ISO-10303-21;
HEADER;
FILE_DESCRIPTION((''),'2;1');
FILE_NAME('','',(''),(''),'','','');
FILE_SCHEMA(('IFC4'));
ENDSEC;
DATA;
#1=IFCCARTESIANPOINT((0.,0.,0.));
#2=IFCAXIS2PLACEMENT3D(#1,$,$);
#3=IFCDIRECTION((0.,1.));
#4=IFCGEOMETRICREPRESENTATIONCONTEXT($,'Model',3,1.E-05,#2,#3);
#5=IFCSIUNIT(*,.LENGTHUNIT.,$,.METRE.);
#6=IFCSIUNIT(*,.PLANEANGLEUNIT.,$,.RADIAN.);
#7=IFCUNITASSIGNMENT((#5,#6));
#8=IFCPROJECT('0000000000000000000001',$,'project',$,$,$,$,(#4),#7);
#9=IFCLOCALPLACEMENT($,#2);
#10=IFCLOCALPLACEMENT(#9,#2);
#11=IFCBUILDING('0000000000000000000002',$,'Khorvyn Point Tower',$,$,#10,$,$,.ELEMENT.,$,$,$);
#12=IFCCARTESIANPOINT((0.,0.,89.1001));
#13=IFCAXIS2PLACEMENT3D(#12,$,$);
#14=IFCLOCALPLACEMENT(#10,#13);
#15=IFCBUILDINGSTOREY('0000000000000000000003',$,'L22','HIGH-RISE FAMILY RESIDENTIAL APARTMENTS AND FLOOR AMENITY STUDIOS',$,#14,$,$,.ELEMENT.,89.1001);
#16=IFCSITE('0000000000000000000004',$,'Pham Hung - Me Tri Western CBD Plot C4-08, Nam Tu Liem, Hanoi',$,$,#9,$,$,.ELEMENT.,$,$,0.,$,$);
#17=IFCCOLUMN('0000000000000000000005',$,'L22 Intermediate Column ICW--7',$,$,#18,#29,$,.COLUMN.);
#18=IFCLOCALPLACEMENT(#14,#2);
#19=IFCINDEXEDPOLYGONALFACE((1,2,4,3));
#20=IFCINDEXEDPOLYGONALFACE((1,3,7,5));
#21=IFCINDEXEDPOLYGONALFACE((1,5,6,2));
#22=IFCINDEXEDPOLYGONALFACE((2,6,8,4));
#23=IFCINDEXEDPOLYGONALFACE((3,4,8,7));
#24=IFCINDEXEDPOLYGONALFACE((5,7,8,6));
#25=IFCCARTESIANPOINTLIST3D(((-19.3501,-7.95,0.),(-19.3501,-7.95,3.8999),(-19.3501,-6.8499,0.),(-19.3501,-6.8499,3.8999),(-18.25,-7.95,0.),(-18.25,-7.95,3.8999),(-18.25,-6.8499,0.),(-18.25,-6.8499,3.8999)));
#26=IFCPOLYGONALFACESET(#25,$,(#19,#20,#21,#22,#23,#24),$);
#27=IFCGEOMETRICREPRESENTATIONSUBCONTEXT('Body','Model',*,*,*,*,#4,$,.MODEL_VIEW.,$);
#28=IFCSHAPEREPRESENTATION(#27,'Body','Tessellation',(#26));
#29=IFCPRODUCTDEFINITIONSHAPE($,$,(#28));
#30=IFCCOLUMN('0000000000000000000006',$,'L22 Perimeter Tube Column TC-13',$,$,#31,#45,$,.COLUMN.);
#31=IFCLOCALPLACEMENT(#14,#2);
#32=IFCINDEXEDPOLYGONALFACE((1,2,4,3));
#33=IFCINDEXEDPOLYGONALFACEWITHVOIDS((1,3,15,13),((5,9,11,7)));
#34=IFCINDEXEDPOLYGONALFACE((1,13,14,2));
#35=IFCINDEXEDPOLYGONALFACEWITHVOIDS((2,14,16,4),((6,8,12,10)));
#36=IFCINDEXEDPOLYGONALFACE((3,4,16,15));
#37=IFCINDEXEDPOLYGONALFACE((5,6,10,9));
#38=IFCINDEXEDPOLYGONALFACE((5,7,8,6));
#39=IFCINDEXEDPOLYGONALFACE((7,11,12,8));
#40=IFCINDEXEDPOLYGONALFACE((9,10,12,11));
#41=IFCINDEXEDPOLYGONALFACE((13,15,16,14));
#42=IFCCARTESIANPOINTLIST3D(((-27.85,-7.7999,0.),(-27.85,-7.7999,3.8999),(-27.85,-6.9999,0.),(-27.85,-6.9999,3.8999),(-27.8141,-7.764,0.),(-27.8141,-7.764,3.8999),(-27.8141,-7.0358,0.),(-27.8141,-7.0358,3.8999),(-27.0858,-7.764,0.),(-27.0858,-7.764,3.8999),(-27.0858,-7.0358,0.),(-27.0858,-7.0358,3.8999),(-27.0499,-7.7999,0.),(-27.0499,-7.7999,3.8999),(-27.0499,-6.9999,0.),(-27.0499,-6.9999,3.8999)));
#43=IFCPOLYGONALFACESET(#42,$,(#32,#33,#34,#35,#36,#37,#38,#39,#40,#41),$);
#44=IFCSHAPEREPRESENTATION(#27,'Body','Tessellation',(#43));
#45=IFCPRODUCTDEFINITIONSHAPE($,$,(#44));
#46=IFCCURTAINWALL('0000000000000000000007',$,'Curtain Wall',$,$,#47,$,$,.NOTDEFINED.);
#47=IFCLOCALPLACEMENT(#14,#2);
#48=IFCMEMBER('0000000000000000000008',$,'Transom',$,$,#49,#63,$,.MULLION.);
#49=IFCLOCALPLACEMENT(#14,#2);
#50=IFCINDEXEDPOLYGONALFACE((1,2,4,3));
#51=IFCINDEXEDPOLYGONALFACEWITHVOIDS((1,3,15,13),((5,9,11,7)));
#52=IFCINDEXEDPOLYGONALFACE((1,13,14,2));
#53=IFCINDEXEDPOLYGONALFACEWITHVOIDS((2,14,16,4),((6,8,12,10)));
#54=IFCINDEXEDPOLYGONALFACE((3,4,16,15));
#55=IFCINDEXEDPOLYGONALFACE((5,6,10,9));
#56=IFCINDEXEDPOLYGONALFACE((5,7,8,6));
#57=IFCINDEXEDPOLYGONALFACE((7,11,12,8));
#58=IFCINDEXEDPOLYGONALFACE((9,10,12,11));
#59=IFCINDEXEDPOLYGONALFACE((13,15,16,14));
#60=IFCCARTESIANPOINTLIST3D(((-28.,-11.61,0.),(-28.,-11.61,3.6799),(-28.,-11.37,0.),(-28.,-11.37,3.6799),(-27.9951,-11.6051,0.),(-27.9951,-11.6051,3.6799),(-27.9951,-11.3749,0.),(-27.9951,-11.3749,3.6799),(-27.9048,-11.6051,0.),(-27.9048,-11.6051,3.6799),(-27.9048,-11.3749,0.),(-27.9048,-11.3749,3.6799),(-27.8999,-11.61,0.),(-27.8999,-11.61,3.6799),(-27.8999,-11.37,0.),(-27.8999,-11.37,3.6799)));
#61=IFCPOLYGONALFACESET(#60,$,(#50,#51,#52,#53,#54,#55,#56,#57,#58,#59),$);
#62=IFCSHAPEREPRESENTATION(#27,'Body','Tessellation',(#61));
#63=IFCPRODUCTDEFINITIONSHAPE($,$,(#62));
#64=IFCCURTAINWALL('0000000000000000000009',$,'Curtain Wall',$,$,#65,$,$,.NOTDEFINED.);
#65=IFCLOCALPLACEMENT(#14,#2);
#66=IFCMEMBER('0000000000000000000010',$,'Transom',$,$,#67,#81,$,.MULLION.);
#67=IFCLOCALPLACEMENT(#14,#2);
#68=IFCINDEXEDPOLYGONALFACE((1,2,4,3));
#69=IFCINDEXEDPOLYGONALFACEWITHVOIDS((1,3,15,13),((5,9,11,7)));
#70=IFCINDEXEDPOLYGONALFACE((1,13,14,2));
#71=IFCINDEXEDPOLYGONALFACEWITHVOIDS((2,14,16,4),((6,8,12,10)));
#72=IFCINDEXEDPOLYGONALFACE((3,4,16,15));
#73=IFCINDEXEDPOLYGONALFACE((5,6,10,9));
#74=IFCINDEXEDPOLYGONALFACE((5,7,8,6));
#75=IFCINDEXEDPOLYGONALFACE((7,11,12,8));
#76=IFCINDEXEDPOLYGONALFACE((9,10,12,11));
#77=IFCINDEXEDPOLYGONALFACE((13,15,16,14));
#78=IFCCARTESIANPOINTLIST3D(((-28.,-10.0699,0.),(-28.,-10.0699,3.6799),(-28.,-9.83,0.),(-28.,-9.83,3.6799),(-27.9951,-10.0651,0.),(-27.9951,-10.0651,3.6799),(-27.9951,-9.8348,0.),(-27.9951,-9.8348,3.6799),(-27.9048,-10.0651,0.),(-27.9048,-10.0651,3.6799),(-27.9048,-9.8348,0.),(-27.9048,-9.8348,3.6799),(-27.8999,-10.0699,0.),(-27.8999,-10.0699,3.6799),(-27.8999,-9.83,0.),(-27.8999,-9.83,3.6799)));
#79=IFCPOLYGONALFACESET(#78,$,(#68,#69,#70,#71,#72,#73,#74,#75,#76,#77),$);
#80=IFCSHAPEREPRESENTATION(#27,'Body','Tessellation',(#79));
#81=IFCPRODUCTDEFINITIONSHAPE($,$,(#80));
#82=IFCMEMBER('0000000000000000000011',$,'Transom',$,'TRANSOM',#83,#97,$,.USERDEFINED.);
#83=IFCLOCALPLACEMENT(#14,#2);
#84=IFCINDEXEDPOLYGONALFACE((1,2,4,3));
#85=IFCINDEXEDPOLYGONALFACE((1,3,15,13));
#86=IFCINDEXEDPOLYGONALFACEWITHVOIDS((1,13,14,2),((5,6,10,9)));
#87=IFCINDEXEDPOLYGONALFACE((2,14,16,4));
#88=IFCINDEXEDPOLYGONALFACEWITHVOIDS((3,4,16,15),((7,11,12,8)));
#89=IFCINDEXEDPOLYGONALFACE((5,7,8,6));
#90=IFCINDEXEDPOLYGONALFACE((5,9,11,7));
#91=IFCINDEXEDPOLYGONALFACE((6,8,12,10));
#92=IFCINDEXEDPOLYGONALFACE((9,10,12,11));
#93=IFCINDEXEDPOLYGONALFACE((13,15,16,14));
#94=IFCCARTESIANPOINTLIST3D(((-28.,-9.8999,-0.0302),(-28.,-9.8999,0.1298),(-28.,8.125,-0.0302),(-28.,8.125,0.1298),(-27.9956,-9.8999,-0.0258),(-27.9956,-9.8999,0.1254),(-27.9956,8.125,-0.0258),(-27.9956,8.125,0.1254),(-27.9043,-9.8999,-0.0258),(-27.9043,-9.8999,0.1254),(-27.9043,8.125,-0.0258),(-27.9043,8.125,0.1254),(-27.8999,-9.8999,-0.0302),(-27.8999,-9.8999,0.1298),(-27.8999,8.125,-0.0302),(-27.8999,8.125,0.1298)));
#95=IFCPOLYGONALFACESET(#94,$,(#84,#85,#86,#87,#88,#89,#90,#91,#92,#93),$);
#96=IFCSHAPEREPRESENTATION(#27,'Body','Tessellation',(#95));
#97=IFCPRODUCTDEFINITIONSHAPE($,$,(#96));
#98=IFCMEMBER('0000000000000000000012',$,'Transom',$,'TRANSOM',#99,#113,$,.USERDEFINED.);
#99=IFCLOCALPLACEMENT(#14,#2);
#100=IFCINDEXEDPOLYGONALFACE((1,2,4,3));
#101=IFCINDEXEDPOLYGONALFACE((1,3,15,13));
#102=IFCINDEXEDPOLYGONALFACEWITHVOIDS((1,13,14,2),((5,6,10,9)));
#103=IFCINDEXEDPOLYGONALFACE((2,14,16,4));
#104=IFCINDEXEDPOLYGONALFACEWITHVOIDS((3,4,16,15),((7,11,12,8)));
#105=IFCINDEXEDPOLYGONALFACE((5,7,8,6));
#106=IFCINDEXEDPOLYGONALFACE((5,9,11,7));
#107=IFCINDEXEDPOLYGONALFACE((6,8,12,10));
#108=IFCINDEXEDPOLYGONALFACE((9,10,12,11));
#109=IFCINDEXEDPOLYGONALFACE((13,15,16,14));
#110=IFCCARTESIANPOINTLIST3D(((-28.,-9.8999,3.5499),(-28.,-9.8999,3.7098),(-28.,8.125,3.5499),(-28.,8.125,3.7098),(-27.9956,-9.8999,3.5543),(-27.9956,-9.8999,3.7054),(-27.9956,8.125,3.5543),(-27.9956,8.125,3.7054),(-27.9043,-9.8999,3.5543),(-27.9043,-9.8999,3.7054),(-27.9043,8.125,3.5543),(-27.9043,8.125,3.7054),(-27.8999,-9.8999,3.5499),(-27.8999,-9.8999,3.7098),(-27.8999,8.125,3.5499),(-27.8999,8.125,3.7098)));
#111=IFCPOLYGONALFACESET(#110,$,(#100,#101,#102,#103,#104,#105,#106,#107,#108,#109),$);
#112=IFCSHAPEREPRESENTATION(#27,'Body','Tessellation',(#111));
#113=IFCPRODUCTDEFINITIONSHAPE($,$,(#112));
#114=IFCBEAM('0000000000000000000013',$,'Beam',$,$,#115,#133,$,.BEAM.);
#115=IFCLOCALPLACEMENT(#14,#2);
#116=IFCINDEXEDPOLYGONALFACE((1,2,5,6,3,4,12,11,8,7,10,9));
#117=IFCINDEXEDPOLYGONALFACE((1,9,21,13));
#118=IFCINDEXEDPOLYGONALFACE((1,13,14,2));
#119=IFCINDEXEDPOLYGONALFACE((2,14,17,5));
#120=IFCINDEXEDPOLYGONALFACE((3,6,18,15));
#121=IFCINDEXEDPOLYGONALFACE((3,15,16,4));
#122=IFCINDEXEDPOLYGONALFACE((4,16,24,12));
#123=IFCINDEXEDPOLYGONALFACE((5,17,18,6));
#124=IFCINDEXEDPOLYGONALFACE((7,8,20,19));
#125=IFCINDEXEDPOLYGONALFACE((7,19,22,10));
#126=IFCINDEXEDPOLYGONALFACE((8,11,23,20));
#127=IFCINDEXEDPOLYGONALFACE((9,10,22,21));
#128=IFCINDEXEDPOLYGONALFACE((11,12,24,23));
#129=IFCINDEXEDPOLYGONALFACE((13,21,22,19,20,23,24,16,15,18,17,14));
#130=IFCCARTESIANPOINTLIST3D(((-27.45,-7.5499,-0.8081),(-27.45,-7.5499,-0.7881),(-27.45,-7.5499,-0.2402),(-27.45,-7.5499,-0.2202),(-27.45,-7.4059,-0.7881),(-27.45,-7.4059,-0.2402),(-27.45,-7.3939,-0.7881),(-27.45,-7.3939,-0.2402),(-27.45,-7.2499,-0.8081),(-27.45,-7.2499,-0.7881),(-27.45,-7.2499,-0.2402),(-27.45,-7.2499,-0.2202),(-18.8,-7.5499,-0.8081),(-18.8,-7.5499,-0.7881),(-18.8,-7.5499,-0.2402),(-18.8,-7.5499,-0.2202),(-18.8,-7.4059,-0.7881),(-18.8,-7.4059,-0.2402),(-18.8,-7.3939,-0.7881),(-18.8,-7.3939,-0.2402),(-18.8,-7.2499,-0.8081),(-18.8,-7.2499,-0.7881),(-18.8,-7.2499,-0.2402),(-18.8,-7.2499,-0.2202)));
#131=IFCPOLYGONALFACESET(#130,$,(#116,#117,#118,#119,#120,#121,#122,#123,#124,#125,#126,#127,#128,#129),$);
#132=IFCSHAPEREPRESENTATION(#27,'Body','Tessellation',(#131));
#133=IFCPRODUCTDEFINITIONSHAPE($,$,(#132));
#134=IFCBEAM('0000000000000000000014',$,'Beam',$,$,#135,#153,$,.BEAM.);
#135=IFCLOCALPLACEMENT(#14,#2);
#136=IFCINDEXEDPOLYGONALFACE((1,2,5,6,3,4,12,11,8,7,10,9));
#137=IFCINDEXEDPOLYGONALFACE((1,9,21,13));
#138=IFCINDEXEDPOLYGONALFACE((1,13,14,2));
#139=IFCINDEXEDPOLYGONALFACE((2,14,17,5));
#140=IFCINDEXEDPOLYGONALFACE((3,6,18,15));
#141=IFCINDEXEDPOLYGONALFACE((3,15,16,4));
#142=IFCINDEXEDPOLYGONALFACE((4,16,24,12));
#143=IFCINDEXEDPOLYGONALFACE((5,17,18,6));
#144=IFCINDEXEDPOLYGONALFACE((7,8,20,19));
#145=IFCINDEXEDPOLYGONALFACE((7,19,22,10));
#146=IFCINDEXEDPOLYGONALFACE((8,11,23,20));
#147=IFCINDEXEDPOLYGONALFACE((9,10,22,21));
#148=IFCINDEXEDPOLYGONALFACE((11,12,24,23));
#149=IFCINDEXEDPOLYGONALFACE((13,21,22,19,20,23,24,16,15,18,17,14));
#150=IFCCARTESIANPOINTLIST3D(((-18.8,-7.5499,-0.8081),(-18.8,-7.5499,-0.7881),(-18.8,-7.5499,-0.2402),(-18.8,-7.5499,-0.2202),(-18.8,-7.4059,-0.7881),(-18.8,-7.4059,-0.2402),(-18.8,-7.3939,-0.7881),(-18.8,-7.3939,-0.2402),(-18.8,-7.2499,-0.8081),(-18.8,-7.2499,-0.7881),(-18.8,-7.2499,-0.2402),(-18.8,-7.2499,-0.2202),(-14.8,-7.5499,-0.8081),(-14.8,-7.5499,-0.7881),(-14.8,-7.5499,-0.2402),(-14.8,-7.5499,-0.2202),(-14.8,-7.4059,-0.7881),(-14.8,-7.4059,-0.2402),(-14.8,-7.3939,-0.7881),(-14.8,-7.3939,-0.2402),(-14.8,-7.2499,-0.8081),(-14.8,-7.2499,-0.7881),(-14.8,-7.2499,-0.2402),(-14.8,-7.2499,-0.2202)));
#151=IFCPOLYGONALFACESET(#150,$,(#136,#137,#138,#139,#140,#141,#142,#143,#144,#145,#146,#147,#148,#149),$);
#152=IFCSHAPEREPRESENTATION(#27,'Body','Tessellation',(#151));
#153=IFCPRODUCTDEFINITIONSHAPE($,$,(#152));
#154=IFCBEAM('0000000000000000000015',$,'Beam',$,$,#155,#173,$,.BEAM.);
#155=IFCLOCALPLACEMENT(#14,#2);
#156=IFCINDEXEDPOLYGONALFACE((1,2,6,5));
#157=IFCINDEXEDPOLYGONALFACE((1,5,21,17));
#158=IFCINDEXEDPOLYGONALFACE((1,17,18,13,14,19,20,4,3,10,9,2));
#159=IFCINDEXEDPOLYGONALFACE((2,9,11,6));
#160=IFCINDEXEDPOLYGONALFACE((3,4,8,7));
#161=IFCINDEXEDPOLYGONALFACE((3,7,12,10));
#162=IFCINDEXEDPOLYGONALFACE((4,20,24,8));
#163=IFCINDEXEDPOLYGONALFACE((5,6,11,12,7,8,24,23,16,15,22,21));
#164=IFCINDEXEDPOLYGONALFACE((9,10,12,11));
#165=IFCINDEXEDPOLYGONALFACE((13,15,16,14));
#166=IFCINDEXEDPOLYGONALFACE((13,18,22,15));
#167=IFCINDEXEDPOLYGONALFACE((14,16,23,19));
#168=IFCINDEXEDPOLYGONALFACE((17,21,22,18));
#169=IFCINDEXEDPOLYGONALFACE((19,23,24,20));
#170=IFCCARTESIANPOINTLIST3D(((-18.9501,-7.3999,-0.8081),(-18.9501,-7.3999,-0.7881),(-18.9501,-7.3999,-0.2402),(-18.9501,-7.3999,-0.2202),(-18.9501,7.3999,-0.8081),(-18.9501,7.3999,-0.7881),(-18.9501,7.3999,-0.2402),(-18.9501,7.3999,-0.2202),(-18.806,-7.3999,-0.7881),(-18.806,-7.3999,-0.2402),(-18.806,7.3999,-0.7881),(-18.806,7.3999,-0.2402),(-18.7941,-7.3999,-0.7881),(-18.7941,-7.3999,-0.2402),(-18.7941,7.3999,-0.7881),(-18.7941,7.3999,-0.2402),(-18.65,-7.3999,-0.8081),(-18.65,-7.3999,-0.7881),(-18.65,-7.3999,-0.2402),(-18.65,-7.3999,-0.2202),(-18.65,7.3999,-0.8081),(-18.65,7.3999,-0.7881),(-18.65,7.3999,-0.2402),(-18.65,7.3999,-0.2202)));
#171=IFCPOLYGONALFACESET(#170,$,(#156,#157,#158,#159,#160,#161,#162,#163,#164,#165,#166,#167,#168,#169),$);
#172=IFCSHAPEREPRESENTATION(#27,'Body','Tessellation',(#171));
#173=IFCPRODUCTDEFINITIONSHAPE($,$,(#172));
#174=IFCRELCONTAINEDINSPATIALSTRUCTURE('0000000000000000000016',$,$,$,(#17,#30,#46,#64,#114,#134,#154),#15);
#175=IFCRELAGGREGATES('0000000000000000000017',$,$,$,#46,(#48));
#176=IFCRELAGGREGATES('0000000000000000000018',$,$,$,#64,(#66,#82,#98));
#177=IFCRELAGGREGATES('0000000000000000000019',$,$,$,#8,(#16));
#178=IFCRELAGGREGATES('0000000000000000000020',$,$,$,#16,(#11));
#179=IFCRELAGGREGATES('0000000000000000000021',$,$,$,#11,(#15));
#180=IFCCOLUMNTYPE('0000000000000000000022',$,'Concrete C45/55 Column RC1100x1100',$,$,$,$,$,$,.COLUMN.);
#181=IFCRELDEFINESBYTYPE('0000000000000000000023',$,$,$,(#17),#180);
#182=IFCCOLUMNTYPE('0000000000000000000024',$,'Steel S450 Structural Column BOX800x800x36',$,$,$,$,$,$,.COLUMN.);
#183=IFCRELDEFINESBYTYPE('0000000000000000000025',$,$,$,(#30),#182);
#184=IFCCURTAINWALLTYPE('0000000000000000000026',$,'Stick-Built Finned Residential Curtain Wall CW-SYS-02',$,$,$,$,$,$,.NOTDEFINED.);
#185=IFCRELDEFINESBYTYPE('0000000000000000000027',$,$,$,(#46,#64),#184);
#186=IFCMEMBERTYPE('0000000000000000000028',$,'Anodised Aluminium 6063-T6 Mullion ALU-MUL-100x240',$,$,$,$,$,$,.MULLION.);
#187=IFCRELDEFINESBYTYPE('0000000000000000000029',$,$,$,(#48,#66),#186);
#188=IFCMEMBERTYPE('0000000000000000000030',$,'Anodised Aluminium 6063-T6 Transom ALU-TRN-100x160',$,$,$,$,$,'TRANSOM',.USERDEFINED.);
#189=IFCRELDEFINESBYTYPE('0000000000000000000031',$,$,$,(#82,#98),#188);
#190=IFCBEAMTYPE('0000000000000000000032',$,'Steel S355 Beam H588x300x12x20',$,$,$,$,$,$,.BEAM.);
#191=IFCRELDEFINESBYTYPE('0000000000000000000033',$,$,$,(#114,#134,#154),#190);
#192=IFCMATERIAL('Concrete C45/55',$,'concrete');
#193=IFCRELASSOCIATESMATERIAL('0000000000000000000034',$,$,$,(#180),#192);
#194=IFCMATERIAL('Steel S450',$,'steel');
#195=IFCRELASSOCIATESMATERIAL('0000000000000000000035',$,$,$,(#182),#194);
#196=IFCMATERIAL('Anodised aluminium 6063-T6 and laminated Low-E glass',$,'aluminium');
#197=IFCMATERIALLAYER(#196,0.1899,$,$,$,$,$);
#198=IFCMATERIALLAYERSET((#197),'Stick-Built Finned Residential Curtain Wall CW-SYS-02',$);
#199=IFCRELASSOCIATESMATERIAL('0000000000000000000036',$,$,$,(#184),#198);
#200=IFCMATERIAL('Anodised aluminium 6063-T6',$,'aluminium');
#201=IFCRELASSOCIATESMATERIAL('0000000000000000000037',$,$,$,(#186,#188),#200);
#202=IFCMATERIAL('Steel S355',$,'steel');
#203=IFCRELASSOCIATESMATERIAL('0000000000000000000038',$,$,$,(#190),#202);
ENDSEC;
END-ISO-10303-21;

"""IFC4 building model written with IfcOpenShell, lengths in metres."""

from ifc_helpers import new_model, si_unit, direction, frame, origin, origin_2d, place, context, subcontext, project, spatial, rectangle, hollow_rectangle, i_section, extrude, material, layer, layer_set, material_profile, profile_set, type_object, element, aggregate, save


model = new_model("IFC4")

# Units and contexts
model_context = context("Model", 3, precision=1e-05, world=origin(), true_north=direction((0.0, 1.0)))
body_context = subcontext(model_context, "Body", "Model", "MODEL_VIEW")
ifc_project = project(units=[si_unit("LENGTHUNIT", "METRE"), si_unit("PLANEANGLEUNIT", "RADIAN")], contexts=[model_context])

# Site, building, storey
site_placement = place(None, origin())
site = spatial("IfcSite", under=ifc_project, at=site_placement, Name="Pham Hung - Me Tri Western CBD Plot C4-08, Nam Tu Liem, Hanoi", CompositionType="ELEMENT", RefElevation=0.0)
building_placement = place(site_placement, origin())
building = spatial("IfcBuilding", under=site, at=building_placement, Name="Khorvyn Point Tower", CompositionType="ELEMENT")
storey_placement = place(building_placement, frame((0.0, 0.0, 89.1001)))
storey = spatial("IfcBuildingStorey", under=building, at=storey_placement, Name="L22", Description="HIGH-RISE FAMILY RESIDENTIAL APARTMENTS AND FLOOR AMENITY STUDIOS", CompositionType="ELEMENT", Elevation=89.1001)

# Columns
ifc_material_1 = material(Name="Concrete C45/55", Category="concrete")
ifc_material_profile_1 = material_profile(ifc_material_1, rectangle(XDim=1.1001, YDim=1.1001, at=origin_2d()))
ifc_profile_set_1 = profile_set([ifc_material_profile_1], Name="Concrete C45/55 RC1100x1100")
column_type_1 = type_object("IfcColumnType", Name="Concrete C45/55 Column RC1100x1100", PredefinedType="COLUMN", material=ifc_profile_set_1)
column_1_placement = place(storey_placement, frame((-18.8, -7.3999, 0.0), z_axis=(0.0, 0.0, 1.0), x_axis=(1.0, 0.0, 0.0)))
element("IfcColumn", 1, at=column_1_placement, inside=storey, type_object=column_type_1, Name="L22 Intermediate Column ICW--7", PredefinedType="COLUMN", context=body_context, shape_type="SweptSolid", body=[
    extrude(rectangle(XDim=1.1001, YDim=1.1001, at=origin_2d()), origin(), (0.0, 0.0, 1.0), 3.8999),
])
ifc_material_2 = material(Name="Steel S450", Category="steel")
ifc_material_profile_2 = material_profile(ifc_material_2, hollow_rectangle(XDim=0.8, YDim=0.8, WallThickness=0.0359, at=origin_2d()))
ifc_profile_set_2 = profile_set([ifc_material_profile_2], Name="Steel S450 BOX800x800x36")
column_type_2 = type_object("IfcColumnType", Name="Steel S450 Structural Column BOX800x800x36", PredefinedType="COLUMN", material=ifc_profile_set_2)
column_2_placement = place(storey_placement, frame((-27.45, -7.3999, 0.0), z_axis=(0.0, 0.0, 1.0), x_axis=(1.0, 0.0, 0.0)))
element("IfcColumn", 2, at=column_2_placement, inside=storey, type_object=column_type_2, Name="L22 Perimeter Tube Column TC-13", PredefinedType="COLUMN", context=body_context, shape_type="SweptSolid", body=[
    extrude(hollow_rectangle(XDim=0.8, YDim=0.8, WallThickness=0.0359, at=origin_2d()), origin(), (0.0, 0.0, 1.0), 3.8999),
])

# Curtain wall, member
ifc_material_3 = material(Name="Anodised aluminium 6063-T6 and laminated Low-E glass", Category="aluminium")
ifc_layer_1 = layer(ifc_material_3, 0.1899)
ifc_layer_set_1 = layer_set([ifc_layer_1], Name="Stick-Built Finned Residential Curtain Wall CW-SYS-02")
curtain_wall_type = type_object("IfcCurtainWallType", Name="Stick-Built Finned Residential Curtain Wall CW-SYS-02", PredefinedType="NOTDEFINED", material=ifc_layer_set_1)
curtain_wall_1_placement = place(storey_placement, origin())
curtain_wall_1 = element("IfcCurtainWall", 3, at=curtain_wall_1_placement, inside=storey, type_object=curtain_wall_type, Name="Curtain Wall", PredefinedType="NOTDEFINED")
ifc_material_4 = material(Name="Anodised aluminium 6063-T6", Category="aluminium")
ifc_material_profile_3 = material_profile(ifc_material_4, hollow_rectangle(XDim=0.1001, YDim=0.24, WallThickness=0.0049, at=origin_2d()))
ifc_profile_set_3 = profile_set([ifc_material_profile_3], Name="Anodised aluminium 6063-T6 ALU-MUL-100x240")
member_type_1 = type_object("IfcMemberType", Name="Anodised Aluminium 6063-T6 Mullion ALU-MUL-100x240", PredefinedType="MULLION", material=ifc_profile_set_3)
member_1_placement = place(storey_placement, frame((-27.95, -11.49, 0.0), z_axis=(0.0, 0.0, 1.0), x_axis=(-1.0, 0.0, 0.0)))
member_1 = element("IfcMember", 4, at=member_1_placement, type_object=member_type_1, Name="Transom", PredefinedType="MULLION", context=body_context, shape_type="SweptSolid", body=[
    extrude(hollow_rectangle(XDim=0.1001, YDim=0.24, WallThickness=0.0049, at=origin_2d()), origin(), (0.0, 0.0, 1.0), 3.6799),
])
aggregate(curtain_wall_1, [member_1])

# Curtain wall, members
curtain_wall_2_placement = place(storey_placement, origin())
curtain_wall_2 = element("IfcCurtainWall", 5, at=curtain_wall_2_placement, inside=storey, type_object=curtain_wall_type, Name="Curtain Wall", PredefinedType="NOTDEFINED")
member_2_placement = place(storey_placement, frame((-27.95, -9.95, 0.0), z_axis=(0.0, 0.0, 1.0), x_axis=(-1.0, 0.0, 0.0)))
member_2 = element("IfcMember", 6, at=member_2_placement, type_object=member_type_1, Name="Transom", PredefinedType="MULLION", context=body_context, shape_type="SweptSolid", body=[
    extrude(hollow_rectangle(XDim=0.1001, YDim=0.24, WallThickness=0.0049, at=origin_2d()), origin(), (0.0, 0.0, 1.0), 3.6799),
])
ifc_material_profile_4 = material_profile(ifc_material_4, hollow_rectangle(XDim=0.1001, YDim=0.1599, WallThickness=0.0044, at=origin_2d()))
ifc_profile_set_4 = profile_set([ifc_material_profile_4], Name="Anodised aluminium 6063-T6 ALU-TRN-100x160")
member_type_2 = type_object("IfcMemberType", Name="Anodised Aluminium 6063-T6 Transom ALU-TRN-100x160", ElementType="TRANSOM", PredefinedType="USERDEFINED", material=ifc_profile_set_4)
member_3_placement = place(storey_placement, frame((-27.95, -9.8999, 0.0498), z_axis=(0.0, 1.0, 0.0), x_axis=(-1.0, 0.0, 0.0)))
member_3 = element("IfcMember", 7, at=member_3_placement, type_object=member_type_2, Name="Transom", ObjectType="TRANSOM", PredefinedType="USERDEFINED", context=body_context, shape_type="SweptSolid", body=[
    extrude(hollow_rectangle(XDim=0.1001, YDim=0.1599, WallThickness=0.0044, at=origin_2d()), origin(), (0.0, 0.0, 1.0), 18.0249),
])
member_4_placement = place(storey_placement, frame((-27.95, -9.8999, 3.6299), z_axis=(0.0, 1.0, 0.0), x_axis=(-1.0, 0.0, 0.0)))
member_4 = element("IfcMember", 8, at=member_4_placement, type_object=member_type_2, Name="Transom", ObjectType="TRANSOM", PredefinedType="USERDEFINED", context=body_context, shape_type="SweptSolid", body=[
    extrude(hollow_rectangle(XDim=0.1001, YDim=0.1599, WallThickness=0.0044, at=origin_2d()), origin(), (0.0, 0.0, 1.0), 18.0249),
])

# Beams
ifc_material_5 = material(Name="Steel S355", Category="steel")
ifc_material_profile_5 = material_profile(ifc_material_5, i_section(OverallWidth=0.3, OverallDepth=0.5879, WebThickness=0.012, FlangeThickness=0.02, at=origin_2d()))
ifc_profile_set_5 = profile_set([ifc_material_profile_5], Name="Steel S355 H588x300x12x20")
beam_type_1 = type_object("IfcBeamType", Name="Steel S355 Beam H588x300x12x20", PredefinedType="BEAM", material=ifc_profile_set_5)
beam_1_placement = place(storey_placement, frame((-27.45, -7.3999, -0.5142), z_axis=(1.0, 0.0, 0.0), x_axis=(0.0, 1.0, 0.0)))
element("IfcBeam", 9, at=beam_1_placement, inside=storey, type_object=beam_type_1, Name="Beam", PredefinedType="BEAM", context=body_context, shape_type="SweptSolid", body=[
    extrude(i_section(OverallWidth=0.3, OverallDepth=0.5879, WebThickness=0.012, FlangeThickness=0.02, at=origin_2d()), origin(), (0.0, 0.0, 1.0), 8.6499),
])
beam_2_placement = place(storey_placement, frame((-18.8, -7.3999, -0.5142), z_axis=(1.0, 0.0, 0.0), x_axis=(0.0, 1.0, 0.0)))
element("IfcBeam", 10, at=beam_2_placement, inside=storey, type_object=beam_type_1, Name="Beam", PredefinedType="BEAM", context=body_context, shape_type="SweptSolid", body=[
    extrude(i_section(OverallWidth=0.3, OverallDepth=0.5879, WebThickness=0.012, FlangeThickness=0.02, at=origin_2d()), origin(), (0.0, 0.0, 1.0), 4.0),
])
beam_3_placement = place(storey_placement, frame((-18.8, -7.3999, -0.5142), z_axis=(0.0, 1.0, 0.0), x_axis=(-1.0, 0.0, 0.0)))
element("IfcBeam", 11, at=beam_3_placement, inside=storey, type_object=beam_type_1, Name="Beam", PredefinedType="BEAM", context=body_context, shape_type="SweptSolid", body=[
    extrude(i_section(OverallWidth=0.3, OverallDepth=0.5879, WebThickness=0.012, FlangeThickness=0.02, at=origin_2d()), origin(), (0.0, 0.0, 1.0), 14.7998),
])

aggregate(curtain_wall_2, [member_2, member_3, member_4])

save(model, "model.ifc")
